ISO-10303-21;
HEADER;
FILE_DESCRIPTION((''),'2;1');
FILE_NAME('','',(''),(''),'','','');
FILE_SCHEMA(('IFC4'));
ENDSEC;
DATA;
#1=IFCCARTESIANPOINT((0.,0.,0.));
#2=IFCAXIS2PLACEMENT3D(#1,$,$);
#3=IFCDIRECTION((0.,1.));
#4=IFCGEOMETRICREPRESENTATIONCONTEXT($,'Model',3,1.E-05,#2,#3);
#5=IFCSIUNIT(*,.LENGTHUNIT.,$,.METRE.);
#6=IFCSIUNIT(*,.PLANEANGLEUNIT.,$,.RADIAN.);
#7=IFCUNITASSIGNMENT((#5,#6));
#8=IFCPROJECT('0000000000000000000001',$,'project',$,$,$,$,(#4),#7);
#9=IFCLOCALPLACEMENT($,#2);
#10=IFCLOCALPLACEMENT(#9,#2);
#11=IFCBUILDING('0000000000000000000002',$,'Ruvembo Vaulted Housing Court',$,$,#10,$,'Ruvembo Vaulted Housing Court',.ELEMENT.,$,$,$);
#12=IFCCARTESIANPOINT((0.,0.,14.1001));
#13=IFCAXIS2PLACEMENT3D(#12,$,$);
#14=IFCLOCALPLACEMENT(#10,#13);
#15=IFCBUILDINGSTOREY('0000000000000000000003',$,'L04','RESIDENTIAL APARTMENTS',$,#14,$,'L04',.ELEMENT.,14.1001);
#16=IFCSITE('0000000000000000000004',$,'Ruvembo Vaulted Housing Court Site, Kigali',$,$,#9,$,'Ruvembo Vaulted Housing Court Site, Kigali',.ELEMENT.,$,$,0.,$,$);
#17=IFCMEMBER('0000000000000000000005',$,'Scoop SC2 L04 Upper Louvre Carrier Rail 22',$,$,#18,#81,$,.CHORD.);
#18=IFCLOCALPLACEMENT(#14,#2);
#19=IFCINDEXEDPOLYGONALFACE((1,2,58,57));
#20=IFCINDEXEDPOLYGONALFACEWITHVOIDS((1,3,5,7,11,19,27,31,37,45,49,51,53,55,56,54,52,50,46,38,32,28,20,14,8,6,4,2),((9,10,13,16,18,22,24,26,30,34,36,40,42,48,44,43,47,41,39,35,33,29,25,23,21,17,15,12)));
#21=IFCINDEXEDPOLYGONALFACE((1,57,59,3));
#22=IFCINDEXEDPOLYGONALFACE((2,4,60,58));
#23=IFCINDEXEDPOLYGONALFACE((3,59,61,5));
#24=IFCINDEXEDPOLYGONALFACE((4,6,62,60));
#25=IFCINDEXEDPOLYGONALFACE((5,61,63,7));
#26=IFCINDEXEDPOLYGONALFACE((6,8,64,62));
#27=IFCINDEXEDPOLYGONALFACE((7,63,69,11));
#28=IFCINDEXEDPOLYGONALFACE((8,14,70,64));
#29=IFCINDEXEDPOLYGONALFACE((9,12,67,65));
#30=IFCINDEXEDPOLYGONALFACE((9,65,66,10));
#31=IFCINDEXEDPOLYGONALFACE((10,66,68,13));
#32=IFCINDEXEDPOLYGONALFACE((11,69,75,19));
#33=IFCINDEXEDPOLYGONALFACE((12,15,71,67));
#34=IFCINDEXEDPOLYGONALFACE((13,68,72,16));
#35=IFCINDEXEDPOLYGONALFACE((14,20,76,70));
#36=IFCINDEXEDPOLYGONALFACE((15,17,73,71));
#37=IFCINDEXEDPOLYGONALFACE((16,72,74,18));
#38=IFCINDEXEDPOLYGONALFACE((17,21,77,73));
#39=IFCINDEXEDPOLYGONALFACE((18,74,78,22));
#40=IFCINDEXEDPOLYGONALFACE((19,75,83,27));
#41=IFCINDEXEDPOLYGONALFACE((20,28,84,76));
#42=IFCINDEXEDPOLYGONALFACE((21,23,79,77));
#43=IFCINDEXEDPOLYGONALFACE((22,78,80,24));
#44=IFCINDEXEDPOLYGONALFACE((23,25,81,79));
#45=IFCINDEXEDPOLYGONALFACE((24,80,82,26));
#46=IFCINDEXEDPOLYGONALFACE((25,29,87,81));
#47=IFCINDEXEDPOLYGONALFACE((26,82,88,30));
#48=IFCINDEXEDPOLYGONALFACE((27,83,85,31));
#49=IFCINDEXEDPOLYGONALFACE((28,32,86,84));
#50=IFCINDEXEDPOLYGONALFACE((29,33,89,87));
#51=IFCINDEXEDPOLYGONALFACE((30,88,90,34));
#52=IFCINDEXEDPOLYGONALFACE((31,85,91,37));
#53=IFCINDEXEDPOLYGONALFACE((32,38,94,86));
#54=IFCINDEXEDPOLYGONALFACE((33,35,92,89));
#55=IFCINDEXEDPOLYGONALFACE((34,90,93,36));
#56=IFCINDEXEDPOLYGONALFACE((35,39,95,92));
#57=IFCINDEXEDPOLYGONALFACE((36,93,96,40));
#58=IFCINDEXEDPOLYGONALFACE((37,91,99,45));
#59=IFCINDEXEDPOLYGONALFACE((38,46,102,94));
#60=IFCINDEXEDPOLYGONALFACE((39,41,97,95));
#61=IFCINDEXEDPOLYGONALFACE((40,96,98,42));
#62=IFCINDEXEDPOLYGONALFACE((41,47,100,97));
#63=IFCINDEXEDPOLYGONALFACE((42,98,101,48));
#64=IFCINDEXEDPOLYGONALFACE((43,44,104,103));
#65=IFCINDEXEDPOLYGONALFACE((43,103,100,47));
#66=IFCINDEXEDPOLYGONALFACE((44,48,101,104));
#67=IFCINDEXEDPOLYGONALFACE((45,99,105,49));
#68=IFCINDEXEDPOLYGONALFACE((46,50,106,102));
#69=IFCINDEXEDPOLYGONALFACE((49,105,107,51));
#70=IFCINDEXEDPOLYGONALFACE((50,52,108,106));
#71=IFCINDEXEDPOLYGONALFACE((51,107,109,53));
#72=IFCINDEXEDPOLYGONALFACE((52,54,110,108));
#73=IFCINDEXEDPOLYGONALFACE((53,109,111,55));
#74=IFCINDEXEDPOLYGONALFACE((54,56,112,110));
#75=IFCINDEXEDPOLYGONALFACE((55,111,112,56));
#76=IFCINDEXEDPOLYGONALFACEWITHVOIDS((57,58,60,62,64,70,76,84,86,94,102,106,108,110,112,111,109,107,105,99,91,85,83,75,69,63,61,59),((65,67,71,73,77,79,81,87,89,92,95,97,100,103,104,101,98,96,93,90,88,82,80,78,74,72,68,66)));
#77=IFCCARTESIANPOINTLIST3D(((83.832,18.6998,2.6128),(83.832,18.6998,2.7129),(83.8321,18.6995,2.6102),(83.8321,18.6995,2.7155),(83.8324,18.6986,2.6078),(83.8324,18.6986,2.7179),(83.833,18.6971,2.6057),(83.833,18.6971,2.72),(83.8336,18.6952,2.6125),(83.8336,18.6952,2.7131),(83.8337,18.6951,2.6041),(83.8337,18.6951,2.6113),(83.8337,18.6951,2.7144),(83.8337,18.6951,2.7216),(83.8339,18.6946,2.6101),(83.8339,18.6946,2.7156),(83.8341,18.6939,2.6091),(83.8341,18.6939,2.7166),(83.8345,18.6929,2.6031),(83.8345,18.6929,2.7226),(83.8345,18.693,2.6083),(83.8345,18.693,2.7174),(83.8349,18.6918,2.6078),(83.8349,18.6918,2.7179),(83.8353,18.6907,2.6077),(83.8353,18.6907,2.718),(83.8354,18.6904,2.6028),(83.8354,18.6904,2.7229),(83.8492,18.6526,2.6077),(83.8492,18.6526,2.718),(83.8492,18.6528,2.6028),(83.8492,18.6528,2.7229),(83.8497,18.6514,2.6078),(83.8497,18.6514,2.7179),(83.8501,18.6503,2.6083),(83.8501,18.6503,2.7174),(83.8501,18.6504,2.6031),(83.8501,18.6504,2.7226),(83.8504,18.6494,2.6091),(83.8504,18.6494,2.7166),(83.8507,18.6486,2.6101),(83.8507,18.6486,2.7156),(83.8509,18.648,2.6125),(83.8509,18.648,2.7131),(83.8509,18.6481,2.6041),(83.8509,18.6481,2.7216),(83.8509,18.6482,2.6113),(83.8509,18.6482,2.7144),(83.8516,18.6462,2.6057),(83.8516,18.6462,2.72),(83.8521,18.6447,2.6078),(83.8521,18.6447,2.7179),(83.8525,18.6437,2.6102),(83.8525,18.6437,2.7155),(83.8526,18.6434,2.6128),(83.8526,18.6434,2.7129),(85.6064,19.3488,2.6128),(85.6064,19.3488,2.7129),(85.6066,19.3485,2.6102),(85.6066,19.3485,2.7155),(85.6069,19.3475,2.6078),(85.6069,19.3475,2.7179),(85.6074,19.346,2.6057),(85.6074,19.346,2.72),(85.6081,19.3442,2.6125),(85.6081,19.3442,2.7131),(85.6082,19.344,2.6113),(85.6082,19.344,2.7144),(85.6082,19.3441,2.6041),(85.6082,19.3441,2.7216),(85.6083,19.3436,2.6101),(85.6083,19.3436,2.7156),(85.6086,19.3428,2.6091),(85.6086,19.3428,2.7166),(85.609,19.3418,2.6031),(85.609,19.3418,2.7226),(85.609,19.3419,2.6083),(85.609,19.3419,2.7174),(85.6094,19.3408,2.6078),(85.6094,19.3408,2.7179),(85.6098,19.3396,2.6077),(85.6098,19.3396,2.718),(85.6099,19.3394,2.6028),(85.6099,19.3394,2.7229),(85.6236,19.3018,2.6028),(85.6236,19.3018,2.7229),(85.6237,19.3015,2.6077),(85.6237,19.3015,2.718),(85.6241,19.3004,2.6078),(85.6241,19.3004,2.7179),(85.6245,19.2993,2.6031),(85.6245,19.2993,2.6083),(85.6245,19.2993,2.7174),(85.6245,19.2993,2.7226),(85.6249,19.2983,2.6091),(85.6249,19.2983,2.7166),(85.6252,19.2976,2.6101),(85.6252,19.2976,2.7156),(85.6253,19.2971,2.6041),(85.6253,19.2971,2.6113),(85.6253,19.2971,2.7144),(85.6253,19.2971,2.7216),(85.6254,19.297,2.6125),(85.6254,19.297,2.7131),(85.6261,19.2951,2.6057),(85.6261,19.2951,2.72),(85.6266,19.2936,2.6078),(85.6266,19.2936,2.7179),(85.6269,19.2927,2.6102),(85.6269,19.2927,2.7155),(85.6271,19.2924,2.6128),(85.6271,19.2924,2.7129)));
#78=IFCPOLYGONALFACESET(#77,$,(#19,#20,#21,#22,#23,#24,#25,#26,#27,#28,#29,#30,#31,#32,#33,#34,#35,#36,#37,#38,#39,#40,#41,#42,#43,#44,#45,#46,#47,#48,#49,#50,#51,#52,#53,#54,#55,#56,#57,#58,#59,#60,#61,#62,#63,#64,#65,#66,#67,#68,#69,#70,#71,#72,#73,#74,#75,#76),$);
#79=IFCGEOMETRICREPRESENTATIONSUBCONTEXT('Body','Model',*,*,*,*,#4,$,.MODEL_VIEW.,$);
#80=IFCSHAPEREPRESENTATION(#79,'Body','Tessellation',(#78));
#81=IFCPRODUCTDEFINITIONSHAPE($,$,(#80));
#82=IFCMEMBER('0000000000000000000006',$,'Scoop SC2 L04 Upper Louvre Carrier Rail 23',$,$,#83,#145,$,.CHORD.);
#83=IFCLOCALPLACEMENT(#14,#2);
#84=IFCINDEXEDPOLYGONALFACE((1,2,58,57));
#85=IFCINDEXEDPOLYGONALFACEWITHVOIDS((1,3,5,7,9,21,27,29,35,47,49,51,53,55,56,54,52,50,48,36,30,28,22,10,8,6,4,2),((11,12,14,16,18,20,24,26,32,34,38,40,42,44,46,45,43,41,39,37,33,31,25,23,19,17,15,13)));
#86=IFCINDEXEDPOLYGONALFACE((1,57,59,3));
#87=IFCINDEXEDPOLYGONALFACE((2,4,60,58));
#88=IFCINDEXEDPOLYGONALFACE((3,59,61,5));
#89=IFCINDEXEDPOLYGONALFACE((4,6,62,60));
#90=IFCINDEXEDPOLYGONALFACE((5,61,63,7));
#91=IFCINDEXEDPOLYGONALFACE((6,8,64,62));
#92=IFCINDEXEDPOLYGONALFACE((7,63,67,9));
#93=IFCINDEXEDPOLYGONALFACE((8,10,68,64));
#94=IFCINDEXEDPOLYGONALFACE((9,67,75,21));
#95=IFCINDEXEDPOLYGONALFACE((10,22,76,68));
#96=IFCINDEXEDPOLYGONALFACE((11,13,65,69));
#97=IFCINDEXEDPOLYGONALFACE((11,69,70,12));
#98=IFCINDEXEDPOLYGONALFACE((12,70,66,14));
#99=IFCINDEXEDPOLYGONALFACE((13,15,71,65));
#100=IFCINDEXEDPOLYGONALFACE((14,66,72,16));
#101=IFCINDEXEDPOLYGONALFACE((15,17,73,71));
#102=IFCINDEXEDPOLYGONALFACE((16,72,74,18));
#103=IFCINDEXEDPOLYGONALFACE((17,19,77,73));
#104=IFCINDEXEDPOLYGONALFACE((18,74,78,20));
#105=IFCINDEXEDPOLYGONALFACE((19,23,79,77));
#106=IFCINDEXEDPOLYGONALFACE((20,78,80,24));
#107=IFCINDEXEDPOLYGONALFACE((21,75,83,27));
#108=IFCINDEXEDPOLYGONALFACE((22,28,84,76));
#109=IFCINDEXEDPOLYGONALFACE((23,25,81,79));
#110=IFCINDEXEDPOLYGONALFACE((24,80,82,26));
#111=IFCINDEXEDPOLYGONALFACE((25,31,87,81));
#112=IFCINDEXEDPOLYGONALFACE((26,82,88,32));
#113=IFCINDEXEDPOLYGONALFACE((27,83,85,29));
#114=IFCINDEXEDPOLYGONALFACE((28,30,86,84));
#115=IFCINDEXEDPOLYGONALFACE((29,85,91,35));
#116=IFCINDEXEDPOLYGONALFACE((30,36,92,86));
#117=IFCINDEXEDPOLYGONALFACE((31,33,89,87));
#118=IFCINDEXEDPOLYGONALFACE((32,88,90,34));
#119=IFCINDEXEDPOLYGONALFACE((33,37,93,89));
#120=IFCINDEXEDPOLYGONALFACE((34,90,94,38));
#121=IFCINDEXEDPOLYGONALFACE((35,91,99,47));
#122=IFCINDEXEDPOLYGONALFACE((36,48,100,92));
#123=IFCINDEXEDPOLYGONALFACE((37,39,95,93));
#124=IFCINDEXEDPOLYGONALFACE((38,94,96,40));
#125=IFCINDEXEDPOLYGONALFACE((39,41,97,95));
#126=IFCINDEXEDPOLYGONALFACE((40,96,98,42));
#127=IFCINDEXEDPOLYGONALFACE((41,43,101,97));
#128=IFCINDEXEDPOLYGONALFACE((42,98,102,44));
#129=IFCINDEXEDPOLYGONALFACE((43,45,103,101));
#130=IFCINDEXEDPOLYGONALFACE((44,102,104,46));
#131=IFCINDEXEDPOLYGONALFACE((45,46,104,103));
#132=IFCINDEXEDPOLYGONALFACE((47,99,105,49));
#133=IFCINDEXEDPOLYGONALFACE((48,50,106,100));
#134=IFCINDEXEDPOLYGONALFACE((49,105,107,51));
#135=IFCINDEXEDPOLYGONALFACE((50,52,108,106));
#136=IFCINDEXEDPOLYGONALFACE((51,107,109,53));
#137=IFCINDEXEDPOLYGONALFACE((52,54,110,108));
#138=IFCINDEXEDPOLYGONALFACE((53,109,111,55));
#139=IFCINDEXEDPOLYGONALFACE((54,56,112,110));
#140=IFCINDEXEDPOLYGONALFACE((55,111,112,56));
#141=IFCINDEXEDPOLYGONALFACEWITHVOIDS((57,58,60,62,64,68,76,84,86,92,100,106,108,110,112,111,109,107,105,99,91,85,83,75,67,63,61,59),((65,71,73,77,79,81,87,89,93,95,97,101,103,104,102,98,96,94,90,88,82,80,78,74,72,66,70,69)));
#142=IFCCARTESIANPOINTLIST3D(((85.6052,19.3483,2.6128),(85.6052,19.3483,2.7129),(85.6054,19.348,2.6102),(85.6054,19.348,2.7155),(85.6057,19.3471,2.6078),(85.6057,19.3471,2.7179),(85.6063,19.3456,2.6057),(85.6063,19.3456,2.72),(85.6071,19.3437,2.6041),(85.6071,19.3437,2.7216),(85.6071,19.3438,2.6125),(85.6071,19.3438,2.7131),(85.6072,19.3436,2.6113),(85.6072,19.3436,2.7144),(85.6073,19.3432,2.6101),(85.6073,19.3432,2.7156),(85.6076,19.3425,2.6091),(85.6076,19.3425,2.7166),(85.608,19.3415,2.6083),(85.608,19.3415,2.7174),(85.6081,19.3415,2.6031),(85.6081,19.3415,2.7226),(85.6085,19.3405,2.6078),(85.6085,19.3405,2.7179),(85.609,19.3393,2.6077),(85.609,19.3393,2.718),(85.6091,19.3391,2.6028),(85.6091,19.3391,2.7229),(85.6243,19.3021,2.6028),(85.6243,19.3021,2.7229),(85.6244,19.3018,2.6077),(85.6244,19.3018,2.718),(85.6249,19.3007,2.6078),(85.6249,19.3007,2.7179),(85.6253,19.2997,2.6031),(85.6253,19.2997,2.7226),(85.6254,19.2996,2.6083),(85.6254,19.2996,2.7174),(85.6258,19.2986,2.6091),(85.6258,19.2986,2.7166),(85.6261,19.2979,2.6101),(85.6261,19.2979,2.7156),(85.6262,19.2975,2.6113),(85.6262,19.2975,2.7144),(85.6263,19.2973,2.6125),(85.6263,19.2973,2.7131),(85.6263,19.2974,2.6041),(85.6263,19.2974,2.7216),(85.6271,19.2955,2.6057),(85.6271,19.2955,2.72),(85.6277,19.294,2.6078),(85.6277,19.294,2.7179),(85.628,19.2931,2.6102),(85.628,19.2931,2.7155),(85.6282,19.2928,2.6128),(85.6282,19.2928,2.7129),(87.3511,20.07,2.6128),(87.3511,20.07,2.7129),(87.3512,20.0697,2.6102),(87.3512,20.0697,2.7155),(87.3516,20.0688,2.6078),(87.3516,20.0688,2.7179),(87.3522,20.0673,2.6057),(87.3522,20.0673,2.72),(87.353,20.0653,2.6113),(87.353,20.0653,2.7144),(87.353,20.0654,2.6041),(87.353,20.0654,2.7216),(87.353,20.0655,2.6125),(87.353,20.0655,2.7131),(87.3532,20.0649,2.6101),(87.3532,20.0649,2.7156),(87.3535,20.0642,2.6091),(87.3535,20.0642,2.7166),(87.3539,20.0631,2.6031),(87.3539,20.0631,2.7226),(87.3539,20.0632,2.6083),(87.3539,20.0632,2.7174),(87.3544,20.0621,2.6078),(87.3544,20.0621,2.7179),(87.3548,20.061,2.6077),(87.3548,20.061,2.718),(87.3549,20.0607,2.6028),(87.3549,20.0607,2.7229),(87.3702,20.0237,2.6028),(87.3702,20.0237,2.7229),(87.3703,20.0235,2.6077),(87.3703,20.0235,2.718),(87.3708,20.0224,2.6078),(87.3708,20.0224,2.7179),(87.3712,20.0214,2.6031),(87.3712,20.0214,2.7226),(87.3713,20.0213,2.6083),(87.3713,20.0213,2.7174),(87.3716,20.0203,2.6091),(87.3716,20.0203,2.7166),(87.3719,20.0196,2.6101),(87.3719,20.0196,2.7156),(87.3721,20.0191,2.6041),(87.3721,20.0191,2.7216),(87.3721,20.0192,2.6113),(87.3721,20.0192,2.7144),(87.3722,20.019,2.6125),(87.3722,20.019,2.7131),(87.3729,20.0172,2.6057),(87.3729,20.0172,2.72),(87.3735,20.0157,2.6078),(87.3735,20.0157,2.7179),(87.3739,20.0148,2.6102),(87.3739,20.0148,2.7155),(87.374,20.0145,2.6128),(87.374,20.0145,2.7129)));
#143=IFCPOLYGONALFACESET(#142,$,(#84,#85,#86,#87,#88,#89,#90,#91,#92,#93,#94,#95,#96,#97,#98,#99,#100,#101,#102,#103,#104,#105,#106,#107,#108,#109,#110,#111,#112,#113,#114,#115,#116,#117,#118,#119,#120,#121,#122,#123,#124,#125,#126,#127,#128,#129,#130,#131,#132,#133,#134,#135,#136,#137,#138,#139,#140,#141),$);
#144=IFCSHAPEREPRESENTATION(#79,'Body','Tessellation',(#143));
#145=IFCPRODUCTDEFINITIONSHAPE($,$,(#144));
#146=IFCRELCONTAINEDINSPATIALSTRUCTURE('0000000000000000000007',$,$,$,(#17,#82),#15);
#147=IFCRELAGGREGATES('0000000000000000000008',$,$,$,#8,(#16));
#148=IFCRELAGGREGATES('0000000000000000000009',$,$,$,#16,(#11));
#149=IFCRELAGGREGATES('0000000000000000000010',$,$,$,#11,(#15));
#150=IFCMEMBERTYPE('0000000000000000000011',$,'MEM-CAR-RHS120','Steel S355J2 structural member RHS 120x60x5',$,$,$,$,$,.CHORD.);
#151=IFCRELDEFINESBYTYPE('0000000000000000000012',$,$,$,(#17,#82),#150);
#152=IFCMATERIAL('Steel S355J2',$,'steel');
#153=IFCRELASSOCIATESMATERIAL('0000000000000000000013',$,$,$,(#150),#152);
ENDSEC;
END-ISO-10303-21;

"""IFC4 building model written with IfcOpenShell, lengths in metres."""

from ifc_helpers import new_model, si_unit, direction, frame, origin, origin_2d, place, context, subcontext, project, spatial, hollow_rectangle, extrude, material, material_profile, profile_set, type_object, element, save


model = new_model("IFC4")

# Units and contexts
model_context = context("Model", 3, precision=1e-05, world=origin(), true_north=direction((0.0, 1.0)))
body_context = subcontext(model_context, "Body", "Model", "MODEL_VIEW")
ifc_project = project(units=[si_unit("LENGTHUNIT", "METRE"), si_unit("PLANEANGLEUNIT", "RADIAN")], contexts=[model_context])

# Site, building, storey
site_placement = place(None, origin())
site = spatial("IfcSite", under=ifc_project, at=site_placement, Name="Ruvembo Vaulted Housing Court Site, Kigali", LongName="Ruvembo Vaulted Housing Court Site, Kigali", CompositionType="ELEMENT", RefElevation=0.0)
building_placement = place(site_placement, origin())
building = spatial("IfcBuilding", under=site, at=building_placement, Name="Ruvembo Vaulted Housing Court", LongName="Ruvembo Vaulted Housing Court", CompositionType="ELEMENT")
storey_placement = place(building_placement, frame((0.0, 0.0, 14.1001)))
storey = spatial("IfcBuildingStorey", under=building, at=storey_placement, Name="L04", Description="RESIDENTIAL APARTMENTS", LongName="L04", CompositionType="ELEMENT", Elevation=14.1001)

# Shared definitions
ifc_material_1 = material(Name="Steel S355J2", Category="steel")

# Members
ifc_material_profile_1 = material_profile(ifc_material_1, hollow_rectangle(XDim=0.0601, YDim=0.1201, WallThickness=0.0049, InnerFilletRadius=0.0049, OuterFilletRadius=0.01, at=origin_2d()), Name="RHS 120x60x5")
ifc_profile_set_1 = profile_set([ifc_material_profile_1], Name="Steel S355J2")
member_type_1 = type_object("IfcMemberType", Name="MEM-CAR-RHS120", Description="Steel S355J2 structural member RHS 120x60x5", PredefinedType="CHORD", material=ifc_profile_set_1)
member_1_placement = place(storey_placement, frame((83.8423, 18.6716, 2.6628), z_axis=(0.939166, 0.343465, 0.0), x_axis=(-0.343465, 0.939166, 0.0)))
element("IfcMember", 1, at=member_1_placement, inside=storey, type_object=member_type_1, Name="Scoop SC2 L04 Upper Louvre Carrier Rail 22", PredefinedType="CHORD", context=body_context, shape_type="SweptSolid", body=[
    extrude(hollow_rectangle(XDim=0.0601, YDim=0.1201, WallThickness=0.0049, InnerFilletRadius=0.0049, OuterFilletRadius=0.01, at=origin_2d()), origin(), (0.0, 0.0, 1.0), 1.8894),
])
member_2_placement = place(storey_placement, frame((85.6167, 19.3206, 2.6628), z_axis=(0.924155, 0.382017, 0.0), x_axis=(-0.382017, 0.924155, 0.0)))
element("IfcMember", 2, at=member_2_placement, inside=storey, type_object=member_type_1, Name="Scoop SC2 L04 Upper Louvre Carrier Rail 23", PredefinedType="CHORD", context=body_context, shape_type="SweptSolid", body=[
    extrude(hollow_rectangle(XDim=0.0601, YDim=0.1201, WallThickness=0.0049, InnerFilletRadius=0.0049, OuterFilletRadius=0.01, at=origin_2d()), origin(), (0.0, 0.0, 1.0), 1.8892),
])

save(model, "model.ifc")
